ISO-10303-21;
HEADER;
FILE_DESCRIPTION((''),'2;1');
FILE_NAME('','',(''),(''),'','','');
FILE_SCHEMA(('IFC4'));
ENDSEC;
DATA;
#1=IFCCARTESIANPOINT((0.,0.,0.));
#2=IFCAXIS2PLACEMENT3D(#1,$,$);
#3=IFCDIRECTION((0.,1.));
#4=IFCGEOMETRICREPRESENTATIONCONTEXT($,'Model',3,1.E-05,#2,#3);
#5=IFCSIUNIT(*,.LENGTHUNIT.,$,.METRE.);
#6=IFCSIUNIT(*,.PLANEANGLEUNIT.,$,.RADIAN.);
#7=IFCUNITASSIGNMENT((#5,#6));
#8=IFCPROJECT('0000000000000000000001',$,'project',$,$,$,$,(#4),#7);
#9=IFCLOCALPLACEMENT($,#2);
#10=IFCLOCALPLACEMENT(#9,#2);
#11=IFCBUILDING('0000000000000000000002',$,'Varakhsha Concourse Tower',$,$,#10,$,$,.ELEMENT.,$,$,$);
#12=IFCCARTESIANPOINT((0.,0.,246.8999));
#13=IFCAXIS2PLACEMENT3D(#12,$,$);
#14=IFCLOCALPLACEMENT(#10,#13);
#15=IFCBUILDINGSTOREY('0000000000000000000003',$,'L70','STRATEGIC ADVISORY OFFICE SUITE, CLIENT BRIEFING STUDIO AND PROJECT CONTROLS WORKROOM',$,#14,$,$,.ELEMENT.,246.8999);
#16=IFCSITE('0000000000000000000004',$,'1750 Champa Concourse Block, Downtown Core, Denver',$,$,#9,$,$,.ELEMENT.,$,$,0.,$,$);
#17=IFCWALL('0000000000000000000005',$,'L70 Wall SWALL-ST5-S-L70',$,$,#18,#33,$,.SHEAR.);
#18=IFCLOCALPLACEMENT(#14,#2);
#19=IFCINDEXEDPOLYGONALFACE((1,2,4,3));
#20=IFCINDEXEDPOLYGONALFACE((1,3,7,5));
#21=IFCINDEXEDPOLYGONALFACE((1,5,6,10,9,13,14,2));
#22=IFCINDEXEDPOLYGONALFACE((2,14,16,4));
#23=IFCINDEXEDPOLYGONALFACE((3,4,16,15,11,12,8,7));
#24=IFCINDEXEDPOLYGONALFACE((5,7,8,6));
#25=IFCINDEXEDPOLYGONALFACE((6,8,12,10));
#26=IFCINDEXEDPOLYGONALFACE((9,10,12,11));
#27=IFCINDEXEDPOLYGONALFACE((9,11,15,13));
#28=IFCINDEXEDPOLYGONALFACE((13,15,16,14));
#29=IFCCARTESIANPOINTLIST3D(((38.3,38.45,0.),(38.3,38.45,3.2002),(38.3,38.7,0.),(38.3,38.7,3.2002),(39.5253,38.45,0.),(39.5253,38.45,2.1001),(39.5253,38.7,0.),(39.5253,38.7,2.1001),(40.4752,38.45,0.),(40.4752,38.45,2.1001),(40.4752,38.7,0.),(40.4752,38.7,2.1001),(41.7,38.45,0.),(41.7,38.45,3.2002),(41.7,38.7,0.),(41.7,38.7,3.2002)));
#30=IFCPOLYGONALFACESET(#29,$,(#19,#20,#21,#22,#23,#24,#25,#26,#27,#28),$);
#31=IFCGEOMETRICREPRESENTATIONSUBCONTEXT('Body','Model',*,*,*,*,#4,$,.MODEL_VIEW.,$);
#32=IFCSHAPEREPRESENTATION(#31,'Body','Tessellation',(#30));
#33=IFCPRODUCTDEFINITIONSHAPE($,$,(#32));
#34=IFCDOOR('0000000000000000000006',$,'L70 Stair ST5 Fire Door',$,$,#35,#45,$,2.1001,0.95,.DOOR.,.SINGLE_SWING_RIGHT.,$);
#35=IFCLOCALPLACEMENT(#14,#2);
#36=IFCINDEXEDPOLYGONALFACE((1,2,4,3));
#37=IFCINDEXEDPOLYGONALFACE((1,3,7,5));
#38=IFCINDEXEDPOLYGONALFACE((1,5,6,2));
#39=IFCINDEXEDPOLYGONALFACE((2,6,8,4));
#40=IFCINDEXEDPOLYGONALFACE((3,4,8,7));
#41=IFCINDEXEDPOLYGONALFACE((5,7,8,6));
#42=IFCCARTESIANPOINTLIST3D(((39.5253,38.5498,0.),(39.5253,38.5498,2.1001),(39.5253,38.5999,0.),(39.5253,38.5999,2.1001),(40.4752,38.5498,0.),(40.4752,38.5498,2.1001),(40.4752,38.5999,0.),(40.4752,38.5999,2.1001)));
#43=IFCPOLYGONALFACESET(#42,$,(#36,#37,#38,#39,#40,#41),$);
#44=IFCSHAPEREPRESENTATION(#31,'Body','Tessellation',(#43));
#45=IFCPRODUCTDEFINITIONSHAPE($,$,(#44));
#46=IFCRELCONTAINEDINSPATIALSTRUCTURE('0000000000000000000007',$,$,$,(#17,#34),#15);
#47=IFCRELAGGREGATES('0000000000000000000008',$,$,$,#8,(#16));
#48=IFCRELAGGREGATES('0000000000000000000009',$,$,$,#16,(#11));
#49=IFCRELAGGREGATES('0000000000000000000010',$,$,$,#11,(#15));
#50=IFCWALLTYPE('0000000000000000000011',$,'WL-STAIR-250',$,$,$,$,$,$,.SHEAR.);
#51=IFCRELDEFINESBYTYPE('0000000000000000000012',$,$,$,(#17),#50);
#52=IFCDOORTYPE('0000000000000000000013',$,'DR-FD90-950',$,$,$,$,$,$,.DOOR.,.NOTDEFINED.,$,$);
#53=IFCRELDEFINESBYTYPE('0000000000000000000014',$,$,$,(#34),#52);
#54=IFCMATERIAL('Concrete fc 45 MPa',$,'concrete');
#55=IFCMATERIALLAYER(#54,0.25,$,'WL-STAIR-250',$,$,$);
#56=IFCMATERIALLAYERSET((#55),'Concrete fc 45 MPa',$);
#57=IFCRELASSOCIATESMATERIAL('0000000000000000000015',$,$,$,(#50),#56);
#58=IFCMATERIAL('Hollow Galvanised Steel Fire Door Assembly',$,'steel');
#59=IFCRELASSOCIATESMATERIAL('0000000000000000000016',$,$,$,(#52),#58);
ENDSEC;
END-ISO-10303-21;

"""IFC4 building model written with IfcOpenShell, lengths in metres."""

from ifc_helpers import new_model, si_unit, direction, frame, frame_2d, origin, place, context, subcontext, project, spatial, rectangle, extrude, material, layer, layer_set, type_object, element, fill, save


model = new_model("IFC4")

# Units and contexts
model_context = context("Model", 3, precision=1e-05, world=origin(), true_north=direction((0.0, 1.0)))
body_context = subcontext(model_context, "Body", "Model", "MODEL_VIEW")
ifc_project = project(units=[si_unit("LENGTHUNIT", "METRE"), si_unit("PLANEANGLEUNIT", "RADIAN")], contexts=[model_context])

# Site, building, storey
site_placement = place(None, origin())
site = spatial("IfcSite", under=ifc_project, at=site_placement, Name="1750 Champa Concourse Block, Downtown Core, Denver", CompositionType="ELEMENT", RefElevation=0.0)
building_placement = place(site_placement, origin())
building = spatial("IfcBuilding", under=site, at=building_placement, Name="Varakhsha Concourse Tower", CompositionType="ELEMENT")
storey_placement = place(building_placement, frame((0.0, 0.0, 246.8999)))
storey = spatial("IfcBuildingStorey", under=building, at=storey_placement, Name="L70", Description="STRATEGIC ADVISORY OFFICE SUITE, CLIENT BRIEFING STUDIO AND PROJECT CONTROLS WORKROOM", CompositionType="ELEMENT", Elevation=246.8999)

# Shared definitions
ifc_material_1 = material(Name="Hollow Galvanised Steel Fire Door Assembly", Category="steel")

# Shared definitions
ifc_material_2 = material(Name="Concrete fc 45 MPa", Category="concrete")
ifc_layer_1 = layer(ifc_material_2, 0.25, Name="WL-STAIR-250")
ifc_layer_set_1 = layer_set([ifc_layer_1], Name="Concrete fc 45 MPa")
wall_type_1 = type_object("IfcWallType", Name="WL-STAIR-250", PredefinedType="SHEAR", material=ifc_layer_set_1)

# Wall, opening, door
wall_1_placement = place(storey_placement, frame((38.3, 38.575, 0.0), z_axis=(0.0, 0.0, 1.0), x_axis=(1.0, 0.0, 0.0)))
wall_1 = element("IfcWall", 1, at=wall_1_placement, inside=storey, type_object=wall_type_1, Name="L70 Wall SWALL-ST5-S-L70", PredefinedType="SHEAR", context=body_context, shape_type="SweptSolid", body=[
    extrude(rectangle(XDim=3.3999, YDim=0.25, at=frame_2d((1.7, 0.0))), origin(), (0.0, 0.0, 1.0), 3.2002),
])
opening_1_placement = place(wall_1_placement, frame((1.2251, 0.0, 0.0)))
opening_1 = element("IfcOpeningElement", 2, at=opening_1_placement, cuts=wall_1, PredefinedType="OPENING", context=body_context, shape_type="SweptSolid", body=[
    extrude(rectangle(XDim=0.95, YDim=2.1001, at=frame_2d((0.4751, 1.05))), frame((0.0, 0.135, 0.0), z_axis=(0.0, -1.0, 0.0), x_axis=(1.0, 0.0, 0.0)), (0.0, 0.0, 1.0), 0.27),
])
door_type_1 = type_object("IfcDoorType", Name="DR-FD90-950", OperationType="NOTDEFINED", PredefinedType="DOOR", material=ifc_material_1)
door_1_placement = place(opening_1_placement, origin())
door_1 = element("IfcDoor", 3, at=door_1_placement, inside=storey, type_object=door_type_1, Name="L70 Stair ST5 Fire Door", OperationType="SINGLE_SWING_RIGHT", OverallHeight=2.1001, OverallWidth=0.95, PredefinedType="DOOR", context=body_context, shape_type="SweptSolid", body=[
    extrude(rectangle(XDim=0.95, YDim=2.1001, at=frame_2d((0.4751, 1.05))), frame((0.0, 0.0249, 0.0), z_axis=(0.0, -1.0, 0.0), x_axis=(1.0, 0.0, 0.0)), (0.0, 0.0, 1.0), 0.05),
])
fill(opening_1, door_1)

save(model, "model.ifc")
